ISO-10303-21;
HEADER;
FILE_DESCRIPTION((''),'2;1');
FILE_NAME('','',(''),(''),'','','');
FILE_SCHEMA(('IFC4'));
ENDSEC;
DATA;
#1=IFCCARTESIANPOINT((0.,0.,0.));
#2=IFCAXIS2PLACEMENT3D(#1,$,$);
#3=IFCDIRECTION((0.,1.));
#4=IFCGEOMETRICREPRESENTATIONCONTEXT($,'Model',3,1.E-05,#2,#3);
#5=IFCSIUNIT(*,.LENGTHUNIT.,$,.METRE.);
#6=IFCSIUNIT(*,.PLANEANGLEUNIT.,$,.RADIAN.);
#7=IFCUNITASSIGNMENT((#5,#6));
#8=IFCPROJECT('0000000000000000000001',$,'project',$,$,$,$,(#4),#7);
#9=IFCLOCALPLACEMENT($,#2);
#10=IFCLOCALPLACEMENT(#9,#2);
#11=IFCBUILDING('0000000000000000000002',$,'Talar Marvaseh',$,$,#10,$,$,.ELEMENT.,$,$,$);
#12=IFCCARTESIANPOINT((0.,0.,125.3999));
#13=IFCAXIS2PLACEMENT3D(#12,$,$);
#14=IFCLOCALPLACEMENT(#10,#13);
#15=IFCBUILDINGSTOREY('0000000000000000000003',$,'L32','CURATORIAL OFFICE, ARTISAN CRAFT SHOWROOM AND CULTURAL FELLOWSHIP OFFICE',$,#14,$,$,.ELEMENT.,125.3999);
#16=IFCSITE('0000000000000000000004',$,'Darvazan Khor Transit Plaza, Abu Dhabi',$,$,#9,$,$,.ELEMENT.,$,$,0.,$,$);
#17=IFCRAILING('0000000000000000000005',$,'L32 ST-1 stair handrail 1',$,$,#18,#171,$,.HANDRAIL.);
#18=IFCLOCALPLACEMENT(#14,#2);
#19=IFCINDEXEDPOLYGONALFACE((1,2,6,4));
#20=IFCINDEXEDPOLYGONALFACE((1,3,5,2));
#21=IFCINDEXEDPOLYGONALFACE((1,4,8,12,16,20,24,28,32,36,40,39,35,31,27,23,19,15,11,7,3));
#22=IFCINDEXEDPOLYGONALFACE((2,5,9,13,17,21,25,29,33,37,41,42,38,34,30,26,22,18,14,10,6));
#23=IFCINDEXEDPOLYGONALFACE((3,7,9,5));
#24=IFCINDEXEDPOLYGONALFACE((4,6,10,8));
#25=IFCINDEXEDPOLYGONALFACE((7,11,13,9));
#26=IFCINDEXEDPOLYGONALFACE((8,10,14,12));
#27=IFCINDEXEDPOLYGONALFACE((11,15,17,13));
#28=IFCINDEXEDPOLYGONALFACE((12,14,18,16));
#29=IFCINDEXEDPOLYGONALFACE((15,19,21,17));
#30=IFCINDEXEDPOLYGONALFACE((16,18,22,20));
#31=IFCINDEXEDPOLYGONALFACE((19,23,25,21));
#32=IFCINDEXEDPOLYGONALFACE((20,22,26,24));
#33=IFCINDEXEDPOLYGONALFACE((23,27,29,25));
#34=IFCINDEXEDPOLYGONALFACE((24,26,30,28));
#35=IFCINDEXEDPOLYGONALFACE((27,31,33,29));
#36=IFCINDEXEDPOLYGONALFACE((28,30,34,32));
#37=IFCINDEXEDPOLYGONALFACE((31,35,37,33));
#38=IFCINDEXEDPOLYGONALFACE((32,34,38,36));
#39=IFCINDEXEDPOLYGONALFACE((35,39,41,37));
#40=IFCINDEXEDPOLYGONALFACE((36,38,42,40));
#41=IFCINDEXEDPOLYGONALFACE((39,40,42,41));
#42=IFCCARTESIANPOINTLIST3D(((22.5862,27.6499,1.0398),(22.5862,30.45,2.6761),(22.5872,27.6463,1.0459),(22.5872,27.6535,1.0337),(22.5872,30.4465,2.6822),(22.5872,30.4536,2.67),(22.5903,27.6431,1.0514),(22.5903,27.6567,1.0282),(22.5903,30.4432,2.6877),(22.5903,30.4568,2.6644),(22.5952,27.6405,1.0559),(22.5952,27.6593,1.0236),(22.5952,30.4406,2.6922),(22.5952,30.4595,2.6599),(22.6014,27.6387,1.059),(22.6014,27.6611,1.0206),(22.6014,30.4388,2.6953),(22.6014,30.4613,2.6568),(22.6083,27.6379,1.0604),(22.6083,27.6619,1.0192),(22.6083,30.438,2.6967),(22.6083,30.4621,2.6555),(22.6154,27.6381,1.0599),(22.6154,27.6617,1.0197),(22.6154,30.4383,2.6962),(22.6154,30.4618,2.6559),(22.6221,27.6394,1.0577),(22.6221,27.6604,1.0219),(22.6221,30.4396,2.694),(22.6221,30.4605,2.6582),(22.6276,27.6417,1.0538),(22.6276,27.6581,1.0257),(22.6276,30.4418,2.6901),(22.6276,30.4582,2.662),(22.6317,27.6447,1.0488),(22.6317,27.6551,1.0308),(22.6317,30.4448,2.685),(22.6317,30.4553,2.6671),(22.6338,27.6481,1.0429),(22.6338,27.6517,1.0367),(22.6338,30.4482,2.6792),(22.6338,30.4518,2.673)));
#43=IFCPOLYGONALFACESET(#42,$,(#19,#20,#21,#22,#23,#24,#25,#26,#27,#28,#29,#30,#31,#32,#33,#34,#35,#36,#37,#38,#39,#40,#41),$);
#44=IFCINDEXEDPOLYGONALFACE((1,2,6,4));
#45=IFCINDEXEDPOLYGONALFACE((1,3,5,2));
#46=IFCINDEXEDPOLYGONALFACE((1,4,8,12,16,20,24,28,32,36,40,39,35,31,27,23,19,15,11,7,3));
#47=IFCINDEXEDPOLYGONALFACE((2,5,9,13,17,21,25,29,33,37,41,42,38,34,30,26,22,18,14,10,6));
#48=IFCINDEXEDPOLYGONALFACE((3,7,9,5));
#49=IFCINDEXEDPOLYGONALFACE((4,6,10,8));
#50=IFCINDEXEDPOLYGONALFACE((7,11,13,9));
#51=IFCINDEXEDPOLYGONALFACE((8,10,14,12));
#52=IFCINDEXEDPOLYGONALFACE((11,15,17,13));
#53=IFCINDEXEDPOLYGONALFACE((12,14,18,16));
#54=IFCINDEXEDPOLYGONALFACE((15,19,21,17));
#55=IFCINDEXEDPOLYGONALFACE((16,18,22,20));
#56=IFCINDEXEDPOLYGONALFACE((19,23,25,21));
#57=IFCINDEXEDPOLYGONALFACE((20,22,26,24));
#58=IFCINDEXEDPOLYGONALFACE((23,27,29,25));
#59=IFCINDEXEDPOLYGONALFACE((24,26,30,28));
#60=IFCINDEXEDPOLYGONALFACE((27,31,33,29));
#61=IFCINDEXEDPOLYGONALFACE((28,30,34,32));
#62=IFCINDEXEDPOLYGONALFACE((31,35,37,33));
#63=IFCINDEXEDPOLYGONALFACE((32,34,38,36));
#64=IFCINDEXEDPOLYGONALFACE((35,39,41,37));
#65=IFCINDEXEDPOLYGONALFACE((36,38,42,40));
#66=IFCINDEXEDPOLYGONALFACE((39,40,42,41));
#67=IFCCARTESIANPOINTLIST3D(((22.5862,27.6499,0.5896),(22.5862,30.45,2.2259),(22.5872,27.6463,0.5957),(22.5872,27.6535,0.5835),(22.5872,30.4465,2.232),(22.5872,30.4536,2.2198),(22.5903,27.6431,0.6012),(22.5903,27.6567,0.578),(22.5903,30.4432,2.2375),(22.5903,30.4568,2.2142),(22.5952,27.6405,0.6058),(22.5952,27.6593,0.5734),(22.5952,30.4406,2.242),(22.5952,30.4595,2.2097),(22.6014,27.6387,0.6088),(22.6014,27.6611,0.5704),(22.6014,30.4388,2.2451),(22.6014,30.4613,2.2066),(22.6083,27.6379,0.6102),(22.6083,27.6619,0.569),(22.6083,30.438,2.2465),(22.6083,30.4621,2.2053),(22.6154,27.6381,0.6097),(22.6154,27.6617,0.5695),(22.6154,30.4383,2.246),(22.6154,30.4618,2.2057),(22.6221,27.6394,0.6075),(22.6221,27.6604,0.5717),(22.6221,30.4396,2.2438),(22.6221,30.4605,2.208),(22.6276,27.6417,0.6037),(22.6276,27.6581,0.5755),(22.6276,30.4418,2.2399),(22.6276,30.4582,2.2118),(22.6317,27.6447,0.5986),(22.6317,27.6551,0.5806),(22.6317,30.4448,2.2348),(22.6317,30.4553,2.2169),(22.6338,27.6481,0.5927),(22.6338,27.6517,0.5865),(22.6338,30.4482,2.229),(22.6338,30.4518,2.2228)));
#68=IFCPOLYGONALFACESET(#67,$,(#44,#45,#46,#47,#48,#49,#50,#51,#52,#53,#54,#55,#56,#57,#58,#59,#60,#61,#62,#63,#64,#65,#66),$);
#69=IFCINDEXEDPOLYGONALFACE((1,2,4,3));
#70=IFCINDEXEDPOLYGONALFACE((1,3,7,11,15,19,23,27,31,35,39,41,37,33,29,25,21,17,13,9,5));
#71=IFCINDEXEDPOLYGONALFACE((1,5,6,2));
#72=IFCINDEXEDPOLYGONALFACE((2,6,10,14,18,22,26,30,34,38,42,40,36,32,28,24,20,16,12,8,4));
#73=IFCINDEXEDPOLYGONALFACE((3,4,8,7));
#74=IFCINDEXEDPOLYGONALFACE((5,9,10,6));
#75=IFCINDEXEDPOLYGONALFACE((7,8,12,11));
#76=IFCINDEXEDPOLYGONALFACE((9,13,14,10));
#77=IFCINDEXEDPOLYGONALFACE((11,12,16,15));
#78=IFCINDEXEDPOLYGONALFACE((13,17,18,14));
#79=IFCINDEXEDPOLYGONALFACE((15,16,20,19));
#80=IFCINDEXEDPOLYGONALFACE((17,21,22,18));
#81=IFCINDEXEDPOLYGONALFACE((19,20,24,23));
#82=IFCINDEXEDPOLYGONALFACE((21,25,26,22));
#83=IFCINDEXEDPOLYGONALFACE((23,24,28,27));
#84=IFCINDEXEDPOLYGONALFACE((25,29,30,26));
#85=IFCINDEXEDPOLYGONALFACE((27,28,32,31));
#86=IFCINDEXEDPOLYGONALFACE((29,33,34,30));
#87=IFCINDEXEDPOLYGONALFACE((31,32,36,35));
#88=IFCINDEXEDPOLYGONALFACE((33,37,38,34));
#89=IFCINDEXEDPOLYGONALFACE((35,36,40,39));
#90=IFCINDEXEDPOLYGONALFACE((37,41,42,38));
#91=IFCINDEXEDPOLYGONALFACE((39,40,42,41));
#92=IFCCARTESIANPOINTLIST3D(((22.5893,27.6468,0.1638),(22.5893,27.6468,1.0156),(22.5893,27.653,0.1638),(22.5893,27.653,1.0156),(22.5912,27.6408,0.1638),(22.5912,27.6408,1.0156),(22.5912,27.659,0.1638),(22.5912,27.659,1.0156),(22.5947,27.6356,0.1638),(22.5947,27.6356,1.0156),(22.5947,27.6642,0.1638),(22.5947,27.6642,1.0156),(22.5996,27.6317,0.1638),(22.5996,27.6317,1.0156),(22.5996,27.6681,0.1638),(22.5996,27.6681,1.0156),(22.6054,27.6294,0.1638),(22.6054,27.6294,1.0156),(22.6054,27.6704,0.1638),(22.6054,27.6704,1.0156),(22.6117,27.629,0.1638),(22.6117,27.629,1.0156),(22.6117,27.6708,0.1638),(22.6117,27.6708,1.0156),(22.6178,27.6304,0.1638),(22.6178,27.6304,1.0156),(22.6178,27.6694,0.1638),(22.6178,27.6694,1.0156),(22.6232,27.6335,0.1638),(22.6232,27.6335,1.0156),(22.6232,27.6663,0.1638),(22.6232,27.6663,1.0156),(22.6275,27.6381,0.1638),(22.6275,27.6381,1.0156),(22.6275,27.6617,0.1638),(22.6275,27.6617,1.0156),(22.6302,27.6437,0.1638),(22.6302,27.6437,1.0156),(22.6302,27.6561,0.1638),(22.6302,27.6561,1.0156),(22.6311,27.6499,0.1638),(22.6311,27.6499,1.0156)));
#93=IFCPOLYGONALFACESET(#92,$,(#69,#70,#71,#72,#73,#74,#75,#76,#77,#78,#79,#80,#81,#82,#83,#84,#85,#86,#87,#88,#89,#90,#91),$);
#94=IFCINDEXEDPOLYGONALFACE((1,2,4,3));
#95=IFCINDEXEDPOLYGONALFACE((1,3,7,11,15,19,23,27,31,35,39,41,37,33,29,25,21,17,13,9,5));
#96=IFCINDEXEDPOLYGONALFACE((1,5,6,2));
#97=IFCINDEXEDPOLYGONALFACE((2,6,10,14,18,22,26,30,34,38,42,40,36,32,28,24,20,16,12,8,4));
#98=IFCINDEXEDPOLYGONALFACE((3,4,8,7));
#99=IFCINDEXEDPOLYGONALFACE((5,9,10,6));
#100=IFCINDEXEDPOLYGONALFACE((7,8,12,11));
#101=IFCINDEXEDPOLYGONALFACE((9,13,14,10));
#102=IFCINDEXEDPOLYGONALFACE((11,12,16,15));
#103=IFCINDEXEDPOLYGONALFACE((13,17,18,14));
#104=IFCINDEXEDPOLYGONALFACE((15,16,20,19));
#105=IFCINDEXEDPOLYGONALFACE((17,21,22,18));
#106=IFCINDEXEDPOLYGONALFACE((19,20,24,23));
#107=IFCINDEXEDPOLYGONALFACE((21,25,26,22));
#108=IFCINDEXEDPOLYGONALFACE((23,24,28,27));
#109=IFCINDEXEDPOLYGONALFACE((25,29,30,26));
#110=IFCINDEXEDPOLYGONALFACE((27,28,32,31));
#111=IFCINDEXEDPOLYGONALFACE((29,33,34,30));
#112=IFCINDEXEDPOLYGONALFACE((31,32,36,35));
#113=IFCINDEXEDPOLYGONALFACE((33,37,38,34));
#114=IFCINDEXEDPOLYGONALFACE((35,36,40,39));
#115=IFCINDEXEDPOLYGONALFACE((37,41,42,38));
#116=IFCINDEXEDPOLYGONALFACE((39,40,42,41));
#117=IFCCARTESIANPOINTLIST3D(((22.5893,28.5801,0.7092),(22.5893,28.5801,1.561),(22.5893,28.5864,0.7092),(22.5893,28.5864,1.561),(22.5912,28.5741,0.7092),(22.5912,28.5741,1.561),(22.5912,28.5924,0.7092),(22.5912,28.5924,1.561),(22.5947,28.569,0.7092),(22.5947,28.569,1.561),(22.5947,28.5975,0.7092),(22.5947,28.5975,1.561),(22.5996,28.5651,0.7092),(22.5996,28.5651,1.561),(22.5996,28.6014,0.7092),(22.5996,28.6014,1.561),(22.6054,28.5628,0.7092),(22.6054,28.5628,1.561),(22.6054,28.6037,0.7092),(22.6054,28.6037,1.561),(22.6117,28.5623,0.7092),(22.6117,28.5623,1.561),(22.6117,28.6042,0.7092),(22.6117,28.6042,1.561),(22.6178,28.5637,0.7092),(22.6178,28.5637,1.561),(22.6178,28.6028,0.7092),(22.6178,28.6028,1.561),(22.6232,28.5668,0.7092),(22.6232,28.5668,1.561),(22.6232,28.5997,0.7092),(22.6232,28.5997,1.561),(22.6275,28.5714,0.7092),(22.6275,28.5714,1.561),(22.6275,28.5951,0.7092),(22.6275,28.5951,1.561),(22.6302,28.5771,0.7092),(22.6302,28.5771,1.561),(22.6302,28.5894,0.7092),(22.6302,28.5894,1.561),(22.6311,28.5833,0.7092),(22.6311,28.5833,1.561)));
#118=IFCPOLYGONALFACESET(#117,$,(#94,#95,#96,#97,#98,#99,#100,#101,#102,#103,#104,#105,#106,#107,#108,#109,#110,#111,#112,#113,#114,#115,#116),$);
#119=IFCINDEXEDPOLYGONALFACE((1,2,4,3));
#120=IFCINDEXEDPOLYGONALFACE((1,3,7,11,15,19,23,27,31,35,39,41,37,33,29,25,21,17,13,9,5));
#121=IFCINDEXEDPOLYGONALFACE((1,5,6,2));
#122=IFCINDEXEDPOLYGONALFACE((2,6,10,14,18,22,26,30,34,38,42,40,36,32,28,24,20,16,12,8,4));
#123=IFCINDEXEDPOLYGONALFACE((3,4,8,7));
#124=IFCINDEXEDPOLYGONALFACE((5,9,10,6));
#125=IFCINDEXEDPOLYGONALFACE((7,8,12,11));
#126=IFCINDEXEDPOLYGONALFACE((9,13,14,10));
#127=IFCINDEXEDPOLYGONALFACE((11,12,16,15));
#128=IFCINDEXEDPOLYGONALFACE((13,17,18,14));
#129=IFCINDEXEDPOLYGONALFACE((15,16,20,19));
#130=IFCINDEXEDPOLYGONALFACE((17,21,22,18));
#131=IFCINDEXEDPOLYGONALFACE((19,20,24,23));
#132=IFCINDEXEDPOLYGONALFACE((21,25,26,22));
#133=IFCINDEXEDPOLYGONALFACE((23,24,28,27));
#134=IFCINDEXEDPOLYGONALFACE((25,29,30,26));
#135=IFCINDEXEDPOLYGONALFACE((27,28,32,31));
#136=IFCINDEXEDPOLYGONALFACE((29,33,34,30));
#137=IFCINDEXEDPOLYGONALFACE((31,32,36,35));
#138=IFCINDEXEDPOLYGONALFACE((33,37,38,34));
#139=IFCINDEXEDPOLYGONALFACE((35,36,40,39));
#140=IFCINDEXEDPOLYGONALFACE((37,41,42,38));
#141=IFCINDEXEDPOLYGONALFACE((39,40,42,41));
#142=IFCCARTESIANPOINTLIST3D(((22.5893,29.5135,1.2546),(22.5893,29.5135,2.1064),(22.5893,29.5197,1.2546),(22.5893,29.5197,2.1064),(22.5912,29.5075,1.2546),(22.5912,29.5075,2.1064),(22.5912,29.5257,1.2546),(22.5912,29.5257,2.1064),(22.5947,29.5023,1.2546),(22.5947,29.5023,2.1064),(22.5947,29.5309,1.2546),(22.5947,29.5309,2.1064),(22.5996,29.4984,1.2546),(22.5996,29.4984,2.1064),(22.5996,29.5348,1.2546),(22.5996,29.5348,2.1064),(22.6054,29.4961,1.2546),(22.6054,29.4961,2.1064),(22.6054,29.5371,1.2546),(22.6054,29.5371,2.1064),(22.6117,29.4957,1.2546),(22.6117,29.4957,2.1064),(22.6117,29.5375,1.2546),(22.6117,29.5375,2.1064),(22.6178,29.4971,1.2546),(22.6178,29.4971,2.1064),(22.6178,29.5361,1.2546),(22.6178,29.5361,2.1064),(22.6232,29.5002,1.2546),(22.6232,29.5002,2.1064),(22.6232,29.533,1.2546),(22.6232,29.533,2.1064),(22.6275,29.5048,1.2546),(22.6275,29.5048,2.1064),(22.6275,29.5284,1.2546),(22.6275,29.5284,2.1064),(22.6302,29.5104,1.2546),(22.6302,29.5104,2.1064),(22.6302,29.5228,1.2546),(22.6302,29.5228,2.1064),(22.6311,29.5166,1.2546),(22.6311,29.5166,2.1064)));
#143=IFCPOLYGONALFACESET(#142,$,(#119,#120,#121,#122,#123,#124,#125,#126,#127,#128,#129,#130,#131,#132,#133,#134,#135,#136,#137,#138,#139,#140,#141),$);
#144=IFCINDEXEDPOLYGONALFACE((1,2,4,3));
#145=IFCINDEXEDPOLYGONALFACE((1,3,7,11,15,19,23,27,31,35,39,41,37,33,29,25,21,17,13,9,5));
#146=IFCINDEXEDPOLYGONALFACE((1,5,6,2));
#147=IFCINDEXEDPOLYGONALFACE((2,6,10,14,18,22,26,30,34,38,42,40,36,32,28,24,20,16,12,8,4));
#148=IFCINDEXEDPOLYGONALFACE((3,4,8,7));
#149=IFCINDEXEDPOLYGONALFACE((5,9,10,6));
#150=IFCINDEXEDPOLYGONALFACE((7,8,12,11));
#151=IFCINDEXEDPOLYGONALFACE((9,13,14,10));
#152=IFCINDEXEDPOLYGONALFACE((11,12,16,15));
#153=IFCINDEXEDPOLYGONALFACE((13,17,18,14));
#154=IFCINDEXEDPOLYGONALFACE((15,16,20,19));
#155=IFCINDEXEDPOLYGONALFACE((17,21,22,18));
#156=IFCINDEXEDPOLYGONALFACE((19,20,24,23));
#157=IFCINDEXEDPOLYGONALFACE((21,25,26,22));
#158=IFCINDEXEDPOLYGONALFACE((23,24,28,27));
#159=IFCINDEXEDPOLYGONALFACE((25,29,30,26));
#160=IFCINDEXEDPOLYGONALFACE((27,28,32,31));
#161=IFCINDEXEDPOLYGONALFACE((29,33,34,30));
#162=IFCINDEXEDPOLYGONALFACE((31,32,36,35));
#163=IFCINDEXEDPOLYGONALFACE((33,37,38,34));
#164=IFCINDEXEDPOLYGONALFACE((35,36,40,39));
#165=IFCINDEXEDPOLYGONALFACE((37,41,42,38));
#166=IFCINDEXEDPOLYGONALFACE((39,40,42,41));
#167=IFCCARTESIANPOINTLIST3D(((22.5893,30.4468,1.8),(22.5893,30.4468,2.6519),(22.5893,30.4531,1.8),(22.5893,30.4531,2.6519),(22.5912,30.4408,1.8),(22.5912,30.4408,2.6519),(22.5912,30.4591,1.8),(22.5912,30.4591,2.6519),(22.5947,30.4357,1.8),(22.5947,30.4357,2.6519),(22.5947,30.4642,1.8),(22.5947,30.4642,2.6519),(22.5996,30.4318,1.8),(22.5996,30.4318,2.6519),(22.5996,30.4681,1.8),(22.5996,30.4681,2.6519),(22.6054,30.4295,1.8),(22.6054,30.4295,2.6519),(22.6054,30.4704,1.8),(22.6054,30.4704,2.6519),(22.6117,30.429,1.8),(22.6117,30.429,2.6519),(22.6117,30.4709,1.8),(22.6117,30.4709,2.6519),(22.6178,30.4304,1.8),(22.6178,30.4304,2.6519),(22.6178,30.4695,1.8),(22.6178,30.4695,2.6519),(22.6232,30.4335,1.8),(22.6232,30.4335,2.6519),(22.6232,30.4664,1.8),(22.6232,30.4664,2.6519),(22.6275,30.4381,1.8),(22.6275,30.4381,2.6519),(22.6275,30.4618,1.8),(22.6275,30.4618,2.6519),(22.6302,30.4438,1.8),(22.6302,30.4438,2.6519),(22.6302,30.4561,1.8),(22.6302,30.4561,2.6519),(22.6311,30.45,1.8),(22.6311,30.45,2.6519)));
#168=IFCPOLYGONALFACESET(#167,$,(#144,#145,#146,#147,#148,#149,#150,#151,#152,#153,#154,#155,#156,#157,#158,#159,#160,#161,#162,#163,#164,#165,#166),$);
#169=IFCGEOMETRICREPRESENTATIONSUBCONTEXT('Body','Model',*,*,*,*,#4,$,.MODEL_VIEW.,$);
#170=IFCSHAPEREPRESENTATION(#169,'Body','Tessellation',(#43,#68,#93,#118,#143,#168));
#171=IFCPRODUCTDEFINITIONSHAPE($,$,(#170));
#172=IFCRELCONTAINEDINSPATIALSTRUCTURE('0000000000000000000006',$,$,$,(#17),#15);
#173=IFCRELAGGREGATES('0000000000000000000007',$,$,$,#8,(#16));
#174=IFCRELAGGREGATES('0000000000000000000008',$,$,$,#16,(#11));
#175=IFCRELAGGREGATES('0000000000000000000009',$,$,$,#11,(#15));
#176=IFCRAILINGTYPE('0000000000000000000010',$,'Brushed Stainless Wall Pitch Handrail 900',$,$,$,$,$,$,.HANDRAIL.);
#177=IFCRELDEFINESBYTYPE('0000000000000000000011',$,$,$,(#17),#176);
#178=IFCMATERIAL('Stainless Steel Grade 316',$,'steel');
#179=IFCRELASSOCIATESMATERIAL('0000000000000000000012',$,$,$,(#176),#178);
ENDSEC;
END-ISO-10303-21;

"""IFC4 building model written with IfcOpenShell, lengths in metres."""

from ifc_helpers import new_model, si_unit, direction, frame, origin, origin_2d, place, context, subcontext, project, spatial, circle, extrude, material, type_object, element, save


model = new_model("IFC4")

# Units and contexts
model_context = context("Model", 3, precision=1e-05, world=origin(), true_north=direction((0.0, 1.0)))
body_context = subcontext(model_context, "Body", "Model", "MODEL_VIEW")
ifc_project = project(units=[si_unit("LENGTHUNIT", "METRE"), si_unit("PLANEANGLEUNIT", "RADIAN")], contexts=[model_context])

# Site, building, storey
site_placement = place(None, origin())
site = spatial("IfcSite", under=ifc_project, at=site_placement, Name="Darvazan Khor Transit Plaza, Abu Dhabi", CompositionType="ELEMENT", RefElevation=0.0)
building_placement = place(site_placement, origin())
building = spatial("IfcBuilding", under=site, at=building_placement, Name="Talar Marvaseh", CompositionType="ELEMENT")
storey_placement = place(building_placement, frame((0.0, 0.0, 125.3999)))
storey = spatial("IfcBuildingStorey", under=building, at=storey_placement, Name="L32", Description="CURATORIAL OFFICE, ARTISAN CRAFT SHOWROOM AND CULTURAL FELLOWSHIP OFFICE", CompositionType="ELEMENT", Elevation=125.3999)

# Railing
ifc_material_1 = material(Name="Stainless Steel Grade 316", Category="steel")
railing_type_1 = type_object("IfcRailingType", Name="Brushed Stainless Wall Pitch Handrail 900", PredefinedType="HANDRAIL", material=ifc_material_1)
railing_1_placement = place(storey_placement, frame((22.6101, 27.6499, 0.1638)))
element("IfcRailing", 1, at=railing_1_placement, inside=storey, type_object=railing_type_1, Name="L32 ST-1 stair handrail 1", PredefinedType="HANDRAIL", context=body_context, shape_type="SweptSolid", body=[
    extrude(circle(Radius=0.0239, at=origin_2d()), frame((0.0, 0.0, 0.876), z_axis=(0.0, 0.863394, 0.504531), x_axis=(-1.0, 0.0, 0.0)), (0.0, 0.0, 1.0), 3.2432),
    extrude(circle(Radius=0.0239, at=origin_2d()), frame((0.0, 0.0, 0.4258), z_axis=(0.0, 0.863394, 0.504531), x_axis=(-1.0, 0.0, 0.0)), (0.0, 0.0, 1.0), 3.2432),
    extrude(circle(Radius=0.021, at=origin_2d()), origin(), (0.0, 0.0, 1.0), 0.8518),
    extrude(circle(Radius=0.021, at=origin_2d()), frame((0.0, 0.9333, 0.5454)), (0.0, 0.0, 1.0), 0.8518),
    extrude(circle(Radius=0.021, at=origin_2d()), frame((0.0, 1.8667, 1.0908)), (0.0, 0.0, 1.0), 0.8518),
    extrude(circle(Radius=0.021, at=origin_2d()), frame((0.0, 2.8, 1.6362)), (0.0, 0.0, 1.0), 0.8518),
])

save(model, "model.ifc")
